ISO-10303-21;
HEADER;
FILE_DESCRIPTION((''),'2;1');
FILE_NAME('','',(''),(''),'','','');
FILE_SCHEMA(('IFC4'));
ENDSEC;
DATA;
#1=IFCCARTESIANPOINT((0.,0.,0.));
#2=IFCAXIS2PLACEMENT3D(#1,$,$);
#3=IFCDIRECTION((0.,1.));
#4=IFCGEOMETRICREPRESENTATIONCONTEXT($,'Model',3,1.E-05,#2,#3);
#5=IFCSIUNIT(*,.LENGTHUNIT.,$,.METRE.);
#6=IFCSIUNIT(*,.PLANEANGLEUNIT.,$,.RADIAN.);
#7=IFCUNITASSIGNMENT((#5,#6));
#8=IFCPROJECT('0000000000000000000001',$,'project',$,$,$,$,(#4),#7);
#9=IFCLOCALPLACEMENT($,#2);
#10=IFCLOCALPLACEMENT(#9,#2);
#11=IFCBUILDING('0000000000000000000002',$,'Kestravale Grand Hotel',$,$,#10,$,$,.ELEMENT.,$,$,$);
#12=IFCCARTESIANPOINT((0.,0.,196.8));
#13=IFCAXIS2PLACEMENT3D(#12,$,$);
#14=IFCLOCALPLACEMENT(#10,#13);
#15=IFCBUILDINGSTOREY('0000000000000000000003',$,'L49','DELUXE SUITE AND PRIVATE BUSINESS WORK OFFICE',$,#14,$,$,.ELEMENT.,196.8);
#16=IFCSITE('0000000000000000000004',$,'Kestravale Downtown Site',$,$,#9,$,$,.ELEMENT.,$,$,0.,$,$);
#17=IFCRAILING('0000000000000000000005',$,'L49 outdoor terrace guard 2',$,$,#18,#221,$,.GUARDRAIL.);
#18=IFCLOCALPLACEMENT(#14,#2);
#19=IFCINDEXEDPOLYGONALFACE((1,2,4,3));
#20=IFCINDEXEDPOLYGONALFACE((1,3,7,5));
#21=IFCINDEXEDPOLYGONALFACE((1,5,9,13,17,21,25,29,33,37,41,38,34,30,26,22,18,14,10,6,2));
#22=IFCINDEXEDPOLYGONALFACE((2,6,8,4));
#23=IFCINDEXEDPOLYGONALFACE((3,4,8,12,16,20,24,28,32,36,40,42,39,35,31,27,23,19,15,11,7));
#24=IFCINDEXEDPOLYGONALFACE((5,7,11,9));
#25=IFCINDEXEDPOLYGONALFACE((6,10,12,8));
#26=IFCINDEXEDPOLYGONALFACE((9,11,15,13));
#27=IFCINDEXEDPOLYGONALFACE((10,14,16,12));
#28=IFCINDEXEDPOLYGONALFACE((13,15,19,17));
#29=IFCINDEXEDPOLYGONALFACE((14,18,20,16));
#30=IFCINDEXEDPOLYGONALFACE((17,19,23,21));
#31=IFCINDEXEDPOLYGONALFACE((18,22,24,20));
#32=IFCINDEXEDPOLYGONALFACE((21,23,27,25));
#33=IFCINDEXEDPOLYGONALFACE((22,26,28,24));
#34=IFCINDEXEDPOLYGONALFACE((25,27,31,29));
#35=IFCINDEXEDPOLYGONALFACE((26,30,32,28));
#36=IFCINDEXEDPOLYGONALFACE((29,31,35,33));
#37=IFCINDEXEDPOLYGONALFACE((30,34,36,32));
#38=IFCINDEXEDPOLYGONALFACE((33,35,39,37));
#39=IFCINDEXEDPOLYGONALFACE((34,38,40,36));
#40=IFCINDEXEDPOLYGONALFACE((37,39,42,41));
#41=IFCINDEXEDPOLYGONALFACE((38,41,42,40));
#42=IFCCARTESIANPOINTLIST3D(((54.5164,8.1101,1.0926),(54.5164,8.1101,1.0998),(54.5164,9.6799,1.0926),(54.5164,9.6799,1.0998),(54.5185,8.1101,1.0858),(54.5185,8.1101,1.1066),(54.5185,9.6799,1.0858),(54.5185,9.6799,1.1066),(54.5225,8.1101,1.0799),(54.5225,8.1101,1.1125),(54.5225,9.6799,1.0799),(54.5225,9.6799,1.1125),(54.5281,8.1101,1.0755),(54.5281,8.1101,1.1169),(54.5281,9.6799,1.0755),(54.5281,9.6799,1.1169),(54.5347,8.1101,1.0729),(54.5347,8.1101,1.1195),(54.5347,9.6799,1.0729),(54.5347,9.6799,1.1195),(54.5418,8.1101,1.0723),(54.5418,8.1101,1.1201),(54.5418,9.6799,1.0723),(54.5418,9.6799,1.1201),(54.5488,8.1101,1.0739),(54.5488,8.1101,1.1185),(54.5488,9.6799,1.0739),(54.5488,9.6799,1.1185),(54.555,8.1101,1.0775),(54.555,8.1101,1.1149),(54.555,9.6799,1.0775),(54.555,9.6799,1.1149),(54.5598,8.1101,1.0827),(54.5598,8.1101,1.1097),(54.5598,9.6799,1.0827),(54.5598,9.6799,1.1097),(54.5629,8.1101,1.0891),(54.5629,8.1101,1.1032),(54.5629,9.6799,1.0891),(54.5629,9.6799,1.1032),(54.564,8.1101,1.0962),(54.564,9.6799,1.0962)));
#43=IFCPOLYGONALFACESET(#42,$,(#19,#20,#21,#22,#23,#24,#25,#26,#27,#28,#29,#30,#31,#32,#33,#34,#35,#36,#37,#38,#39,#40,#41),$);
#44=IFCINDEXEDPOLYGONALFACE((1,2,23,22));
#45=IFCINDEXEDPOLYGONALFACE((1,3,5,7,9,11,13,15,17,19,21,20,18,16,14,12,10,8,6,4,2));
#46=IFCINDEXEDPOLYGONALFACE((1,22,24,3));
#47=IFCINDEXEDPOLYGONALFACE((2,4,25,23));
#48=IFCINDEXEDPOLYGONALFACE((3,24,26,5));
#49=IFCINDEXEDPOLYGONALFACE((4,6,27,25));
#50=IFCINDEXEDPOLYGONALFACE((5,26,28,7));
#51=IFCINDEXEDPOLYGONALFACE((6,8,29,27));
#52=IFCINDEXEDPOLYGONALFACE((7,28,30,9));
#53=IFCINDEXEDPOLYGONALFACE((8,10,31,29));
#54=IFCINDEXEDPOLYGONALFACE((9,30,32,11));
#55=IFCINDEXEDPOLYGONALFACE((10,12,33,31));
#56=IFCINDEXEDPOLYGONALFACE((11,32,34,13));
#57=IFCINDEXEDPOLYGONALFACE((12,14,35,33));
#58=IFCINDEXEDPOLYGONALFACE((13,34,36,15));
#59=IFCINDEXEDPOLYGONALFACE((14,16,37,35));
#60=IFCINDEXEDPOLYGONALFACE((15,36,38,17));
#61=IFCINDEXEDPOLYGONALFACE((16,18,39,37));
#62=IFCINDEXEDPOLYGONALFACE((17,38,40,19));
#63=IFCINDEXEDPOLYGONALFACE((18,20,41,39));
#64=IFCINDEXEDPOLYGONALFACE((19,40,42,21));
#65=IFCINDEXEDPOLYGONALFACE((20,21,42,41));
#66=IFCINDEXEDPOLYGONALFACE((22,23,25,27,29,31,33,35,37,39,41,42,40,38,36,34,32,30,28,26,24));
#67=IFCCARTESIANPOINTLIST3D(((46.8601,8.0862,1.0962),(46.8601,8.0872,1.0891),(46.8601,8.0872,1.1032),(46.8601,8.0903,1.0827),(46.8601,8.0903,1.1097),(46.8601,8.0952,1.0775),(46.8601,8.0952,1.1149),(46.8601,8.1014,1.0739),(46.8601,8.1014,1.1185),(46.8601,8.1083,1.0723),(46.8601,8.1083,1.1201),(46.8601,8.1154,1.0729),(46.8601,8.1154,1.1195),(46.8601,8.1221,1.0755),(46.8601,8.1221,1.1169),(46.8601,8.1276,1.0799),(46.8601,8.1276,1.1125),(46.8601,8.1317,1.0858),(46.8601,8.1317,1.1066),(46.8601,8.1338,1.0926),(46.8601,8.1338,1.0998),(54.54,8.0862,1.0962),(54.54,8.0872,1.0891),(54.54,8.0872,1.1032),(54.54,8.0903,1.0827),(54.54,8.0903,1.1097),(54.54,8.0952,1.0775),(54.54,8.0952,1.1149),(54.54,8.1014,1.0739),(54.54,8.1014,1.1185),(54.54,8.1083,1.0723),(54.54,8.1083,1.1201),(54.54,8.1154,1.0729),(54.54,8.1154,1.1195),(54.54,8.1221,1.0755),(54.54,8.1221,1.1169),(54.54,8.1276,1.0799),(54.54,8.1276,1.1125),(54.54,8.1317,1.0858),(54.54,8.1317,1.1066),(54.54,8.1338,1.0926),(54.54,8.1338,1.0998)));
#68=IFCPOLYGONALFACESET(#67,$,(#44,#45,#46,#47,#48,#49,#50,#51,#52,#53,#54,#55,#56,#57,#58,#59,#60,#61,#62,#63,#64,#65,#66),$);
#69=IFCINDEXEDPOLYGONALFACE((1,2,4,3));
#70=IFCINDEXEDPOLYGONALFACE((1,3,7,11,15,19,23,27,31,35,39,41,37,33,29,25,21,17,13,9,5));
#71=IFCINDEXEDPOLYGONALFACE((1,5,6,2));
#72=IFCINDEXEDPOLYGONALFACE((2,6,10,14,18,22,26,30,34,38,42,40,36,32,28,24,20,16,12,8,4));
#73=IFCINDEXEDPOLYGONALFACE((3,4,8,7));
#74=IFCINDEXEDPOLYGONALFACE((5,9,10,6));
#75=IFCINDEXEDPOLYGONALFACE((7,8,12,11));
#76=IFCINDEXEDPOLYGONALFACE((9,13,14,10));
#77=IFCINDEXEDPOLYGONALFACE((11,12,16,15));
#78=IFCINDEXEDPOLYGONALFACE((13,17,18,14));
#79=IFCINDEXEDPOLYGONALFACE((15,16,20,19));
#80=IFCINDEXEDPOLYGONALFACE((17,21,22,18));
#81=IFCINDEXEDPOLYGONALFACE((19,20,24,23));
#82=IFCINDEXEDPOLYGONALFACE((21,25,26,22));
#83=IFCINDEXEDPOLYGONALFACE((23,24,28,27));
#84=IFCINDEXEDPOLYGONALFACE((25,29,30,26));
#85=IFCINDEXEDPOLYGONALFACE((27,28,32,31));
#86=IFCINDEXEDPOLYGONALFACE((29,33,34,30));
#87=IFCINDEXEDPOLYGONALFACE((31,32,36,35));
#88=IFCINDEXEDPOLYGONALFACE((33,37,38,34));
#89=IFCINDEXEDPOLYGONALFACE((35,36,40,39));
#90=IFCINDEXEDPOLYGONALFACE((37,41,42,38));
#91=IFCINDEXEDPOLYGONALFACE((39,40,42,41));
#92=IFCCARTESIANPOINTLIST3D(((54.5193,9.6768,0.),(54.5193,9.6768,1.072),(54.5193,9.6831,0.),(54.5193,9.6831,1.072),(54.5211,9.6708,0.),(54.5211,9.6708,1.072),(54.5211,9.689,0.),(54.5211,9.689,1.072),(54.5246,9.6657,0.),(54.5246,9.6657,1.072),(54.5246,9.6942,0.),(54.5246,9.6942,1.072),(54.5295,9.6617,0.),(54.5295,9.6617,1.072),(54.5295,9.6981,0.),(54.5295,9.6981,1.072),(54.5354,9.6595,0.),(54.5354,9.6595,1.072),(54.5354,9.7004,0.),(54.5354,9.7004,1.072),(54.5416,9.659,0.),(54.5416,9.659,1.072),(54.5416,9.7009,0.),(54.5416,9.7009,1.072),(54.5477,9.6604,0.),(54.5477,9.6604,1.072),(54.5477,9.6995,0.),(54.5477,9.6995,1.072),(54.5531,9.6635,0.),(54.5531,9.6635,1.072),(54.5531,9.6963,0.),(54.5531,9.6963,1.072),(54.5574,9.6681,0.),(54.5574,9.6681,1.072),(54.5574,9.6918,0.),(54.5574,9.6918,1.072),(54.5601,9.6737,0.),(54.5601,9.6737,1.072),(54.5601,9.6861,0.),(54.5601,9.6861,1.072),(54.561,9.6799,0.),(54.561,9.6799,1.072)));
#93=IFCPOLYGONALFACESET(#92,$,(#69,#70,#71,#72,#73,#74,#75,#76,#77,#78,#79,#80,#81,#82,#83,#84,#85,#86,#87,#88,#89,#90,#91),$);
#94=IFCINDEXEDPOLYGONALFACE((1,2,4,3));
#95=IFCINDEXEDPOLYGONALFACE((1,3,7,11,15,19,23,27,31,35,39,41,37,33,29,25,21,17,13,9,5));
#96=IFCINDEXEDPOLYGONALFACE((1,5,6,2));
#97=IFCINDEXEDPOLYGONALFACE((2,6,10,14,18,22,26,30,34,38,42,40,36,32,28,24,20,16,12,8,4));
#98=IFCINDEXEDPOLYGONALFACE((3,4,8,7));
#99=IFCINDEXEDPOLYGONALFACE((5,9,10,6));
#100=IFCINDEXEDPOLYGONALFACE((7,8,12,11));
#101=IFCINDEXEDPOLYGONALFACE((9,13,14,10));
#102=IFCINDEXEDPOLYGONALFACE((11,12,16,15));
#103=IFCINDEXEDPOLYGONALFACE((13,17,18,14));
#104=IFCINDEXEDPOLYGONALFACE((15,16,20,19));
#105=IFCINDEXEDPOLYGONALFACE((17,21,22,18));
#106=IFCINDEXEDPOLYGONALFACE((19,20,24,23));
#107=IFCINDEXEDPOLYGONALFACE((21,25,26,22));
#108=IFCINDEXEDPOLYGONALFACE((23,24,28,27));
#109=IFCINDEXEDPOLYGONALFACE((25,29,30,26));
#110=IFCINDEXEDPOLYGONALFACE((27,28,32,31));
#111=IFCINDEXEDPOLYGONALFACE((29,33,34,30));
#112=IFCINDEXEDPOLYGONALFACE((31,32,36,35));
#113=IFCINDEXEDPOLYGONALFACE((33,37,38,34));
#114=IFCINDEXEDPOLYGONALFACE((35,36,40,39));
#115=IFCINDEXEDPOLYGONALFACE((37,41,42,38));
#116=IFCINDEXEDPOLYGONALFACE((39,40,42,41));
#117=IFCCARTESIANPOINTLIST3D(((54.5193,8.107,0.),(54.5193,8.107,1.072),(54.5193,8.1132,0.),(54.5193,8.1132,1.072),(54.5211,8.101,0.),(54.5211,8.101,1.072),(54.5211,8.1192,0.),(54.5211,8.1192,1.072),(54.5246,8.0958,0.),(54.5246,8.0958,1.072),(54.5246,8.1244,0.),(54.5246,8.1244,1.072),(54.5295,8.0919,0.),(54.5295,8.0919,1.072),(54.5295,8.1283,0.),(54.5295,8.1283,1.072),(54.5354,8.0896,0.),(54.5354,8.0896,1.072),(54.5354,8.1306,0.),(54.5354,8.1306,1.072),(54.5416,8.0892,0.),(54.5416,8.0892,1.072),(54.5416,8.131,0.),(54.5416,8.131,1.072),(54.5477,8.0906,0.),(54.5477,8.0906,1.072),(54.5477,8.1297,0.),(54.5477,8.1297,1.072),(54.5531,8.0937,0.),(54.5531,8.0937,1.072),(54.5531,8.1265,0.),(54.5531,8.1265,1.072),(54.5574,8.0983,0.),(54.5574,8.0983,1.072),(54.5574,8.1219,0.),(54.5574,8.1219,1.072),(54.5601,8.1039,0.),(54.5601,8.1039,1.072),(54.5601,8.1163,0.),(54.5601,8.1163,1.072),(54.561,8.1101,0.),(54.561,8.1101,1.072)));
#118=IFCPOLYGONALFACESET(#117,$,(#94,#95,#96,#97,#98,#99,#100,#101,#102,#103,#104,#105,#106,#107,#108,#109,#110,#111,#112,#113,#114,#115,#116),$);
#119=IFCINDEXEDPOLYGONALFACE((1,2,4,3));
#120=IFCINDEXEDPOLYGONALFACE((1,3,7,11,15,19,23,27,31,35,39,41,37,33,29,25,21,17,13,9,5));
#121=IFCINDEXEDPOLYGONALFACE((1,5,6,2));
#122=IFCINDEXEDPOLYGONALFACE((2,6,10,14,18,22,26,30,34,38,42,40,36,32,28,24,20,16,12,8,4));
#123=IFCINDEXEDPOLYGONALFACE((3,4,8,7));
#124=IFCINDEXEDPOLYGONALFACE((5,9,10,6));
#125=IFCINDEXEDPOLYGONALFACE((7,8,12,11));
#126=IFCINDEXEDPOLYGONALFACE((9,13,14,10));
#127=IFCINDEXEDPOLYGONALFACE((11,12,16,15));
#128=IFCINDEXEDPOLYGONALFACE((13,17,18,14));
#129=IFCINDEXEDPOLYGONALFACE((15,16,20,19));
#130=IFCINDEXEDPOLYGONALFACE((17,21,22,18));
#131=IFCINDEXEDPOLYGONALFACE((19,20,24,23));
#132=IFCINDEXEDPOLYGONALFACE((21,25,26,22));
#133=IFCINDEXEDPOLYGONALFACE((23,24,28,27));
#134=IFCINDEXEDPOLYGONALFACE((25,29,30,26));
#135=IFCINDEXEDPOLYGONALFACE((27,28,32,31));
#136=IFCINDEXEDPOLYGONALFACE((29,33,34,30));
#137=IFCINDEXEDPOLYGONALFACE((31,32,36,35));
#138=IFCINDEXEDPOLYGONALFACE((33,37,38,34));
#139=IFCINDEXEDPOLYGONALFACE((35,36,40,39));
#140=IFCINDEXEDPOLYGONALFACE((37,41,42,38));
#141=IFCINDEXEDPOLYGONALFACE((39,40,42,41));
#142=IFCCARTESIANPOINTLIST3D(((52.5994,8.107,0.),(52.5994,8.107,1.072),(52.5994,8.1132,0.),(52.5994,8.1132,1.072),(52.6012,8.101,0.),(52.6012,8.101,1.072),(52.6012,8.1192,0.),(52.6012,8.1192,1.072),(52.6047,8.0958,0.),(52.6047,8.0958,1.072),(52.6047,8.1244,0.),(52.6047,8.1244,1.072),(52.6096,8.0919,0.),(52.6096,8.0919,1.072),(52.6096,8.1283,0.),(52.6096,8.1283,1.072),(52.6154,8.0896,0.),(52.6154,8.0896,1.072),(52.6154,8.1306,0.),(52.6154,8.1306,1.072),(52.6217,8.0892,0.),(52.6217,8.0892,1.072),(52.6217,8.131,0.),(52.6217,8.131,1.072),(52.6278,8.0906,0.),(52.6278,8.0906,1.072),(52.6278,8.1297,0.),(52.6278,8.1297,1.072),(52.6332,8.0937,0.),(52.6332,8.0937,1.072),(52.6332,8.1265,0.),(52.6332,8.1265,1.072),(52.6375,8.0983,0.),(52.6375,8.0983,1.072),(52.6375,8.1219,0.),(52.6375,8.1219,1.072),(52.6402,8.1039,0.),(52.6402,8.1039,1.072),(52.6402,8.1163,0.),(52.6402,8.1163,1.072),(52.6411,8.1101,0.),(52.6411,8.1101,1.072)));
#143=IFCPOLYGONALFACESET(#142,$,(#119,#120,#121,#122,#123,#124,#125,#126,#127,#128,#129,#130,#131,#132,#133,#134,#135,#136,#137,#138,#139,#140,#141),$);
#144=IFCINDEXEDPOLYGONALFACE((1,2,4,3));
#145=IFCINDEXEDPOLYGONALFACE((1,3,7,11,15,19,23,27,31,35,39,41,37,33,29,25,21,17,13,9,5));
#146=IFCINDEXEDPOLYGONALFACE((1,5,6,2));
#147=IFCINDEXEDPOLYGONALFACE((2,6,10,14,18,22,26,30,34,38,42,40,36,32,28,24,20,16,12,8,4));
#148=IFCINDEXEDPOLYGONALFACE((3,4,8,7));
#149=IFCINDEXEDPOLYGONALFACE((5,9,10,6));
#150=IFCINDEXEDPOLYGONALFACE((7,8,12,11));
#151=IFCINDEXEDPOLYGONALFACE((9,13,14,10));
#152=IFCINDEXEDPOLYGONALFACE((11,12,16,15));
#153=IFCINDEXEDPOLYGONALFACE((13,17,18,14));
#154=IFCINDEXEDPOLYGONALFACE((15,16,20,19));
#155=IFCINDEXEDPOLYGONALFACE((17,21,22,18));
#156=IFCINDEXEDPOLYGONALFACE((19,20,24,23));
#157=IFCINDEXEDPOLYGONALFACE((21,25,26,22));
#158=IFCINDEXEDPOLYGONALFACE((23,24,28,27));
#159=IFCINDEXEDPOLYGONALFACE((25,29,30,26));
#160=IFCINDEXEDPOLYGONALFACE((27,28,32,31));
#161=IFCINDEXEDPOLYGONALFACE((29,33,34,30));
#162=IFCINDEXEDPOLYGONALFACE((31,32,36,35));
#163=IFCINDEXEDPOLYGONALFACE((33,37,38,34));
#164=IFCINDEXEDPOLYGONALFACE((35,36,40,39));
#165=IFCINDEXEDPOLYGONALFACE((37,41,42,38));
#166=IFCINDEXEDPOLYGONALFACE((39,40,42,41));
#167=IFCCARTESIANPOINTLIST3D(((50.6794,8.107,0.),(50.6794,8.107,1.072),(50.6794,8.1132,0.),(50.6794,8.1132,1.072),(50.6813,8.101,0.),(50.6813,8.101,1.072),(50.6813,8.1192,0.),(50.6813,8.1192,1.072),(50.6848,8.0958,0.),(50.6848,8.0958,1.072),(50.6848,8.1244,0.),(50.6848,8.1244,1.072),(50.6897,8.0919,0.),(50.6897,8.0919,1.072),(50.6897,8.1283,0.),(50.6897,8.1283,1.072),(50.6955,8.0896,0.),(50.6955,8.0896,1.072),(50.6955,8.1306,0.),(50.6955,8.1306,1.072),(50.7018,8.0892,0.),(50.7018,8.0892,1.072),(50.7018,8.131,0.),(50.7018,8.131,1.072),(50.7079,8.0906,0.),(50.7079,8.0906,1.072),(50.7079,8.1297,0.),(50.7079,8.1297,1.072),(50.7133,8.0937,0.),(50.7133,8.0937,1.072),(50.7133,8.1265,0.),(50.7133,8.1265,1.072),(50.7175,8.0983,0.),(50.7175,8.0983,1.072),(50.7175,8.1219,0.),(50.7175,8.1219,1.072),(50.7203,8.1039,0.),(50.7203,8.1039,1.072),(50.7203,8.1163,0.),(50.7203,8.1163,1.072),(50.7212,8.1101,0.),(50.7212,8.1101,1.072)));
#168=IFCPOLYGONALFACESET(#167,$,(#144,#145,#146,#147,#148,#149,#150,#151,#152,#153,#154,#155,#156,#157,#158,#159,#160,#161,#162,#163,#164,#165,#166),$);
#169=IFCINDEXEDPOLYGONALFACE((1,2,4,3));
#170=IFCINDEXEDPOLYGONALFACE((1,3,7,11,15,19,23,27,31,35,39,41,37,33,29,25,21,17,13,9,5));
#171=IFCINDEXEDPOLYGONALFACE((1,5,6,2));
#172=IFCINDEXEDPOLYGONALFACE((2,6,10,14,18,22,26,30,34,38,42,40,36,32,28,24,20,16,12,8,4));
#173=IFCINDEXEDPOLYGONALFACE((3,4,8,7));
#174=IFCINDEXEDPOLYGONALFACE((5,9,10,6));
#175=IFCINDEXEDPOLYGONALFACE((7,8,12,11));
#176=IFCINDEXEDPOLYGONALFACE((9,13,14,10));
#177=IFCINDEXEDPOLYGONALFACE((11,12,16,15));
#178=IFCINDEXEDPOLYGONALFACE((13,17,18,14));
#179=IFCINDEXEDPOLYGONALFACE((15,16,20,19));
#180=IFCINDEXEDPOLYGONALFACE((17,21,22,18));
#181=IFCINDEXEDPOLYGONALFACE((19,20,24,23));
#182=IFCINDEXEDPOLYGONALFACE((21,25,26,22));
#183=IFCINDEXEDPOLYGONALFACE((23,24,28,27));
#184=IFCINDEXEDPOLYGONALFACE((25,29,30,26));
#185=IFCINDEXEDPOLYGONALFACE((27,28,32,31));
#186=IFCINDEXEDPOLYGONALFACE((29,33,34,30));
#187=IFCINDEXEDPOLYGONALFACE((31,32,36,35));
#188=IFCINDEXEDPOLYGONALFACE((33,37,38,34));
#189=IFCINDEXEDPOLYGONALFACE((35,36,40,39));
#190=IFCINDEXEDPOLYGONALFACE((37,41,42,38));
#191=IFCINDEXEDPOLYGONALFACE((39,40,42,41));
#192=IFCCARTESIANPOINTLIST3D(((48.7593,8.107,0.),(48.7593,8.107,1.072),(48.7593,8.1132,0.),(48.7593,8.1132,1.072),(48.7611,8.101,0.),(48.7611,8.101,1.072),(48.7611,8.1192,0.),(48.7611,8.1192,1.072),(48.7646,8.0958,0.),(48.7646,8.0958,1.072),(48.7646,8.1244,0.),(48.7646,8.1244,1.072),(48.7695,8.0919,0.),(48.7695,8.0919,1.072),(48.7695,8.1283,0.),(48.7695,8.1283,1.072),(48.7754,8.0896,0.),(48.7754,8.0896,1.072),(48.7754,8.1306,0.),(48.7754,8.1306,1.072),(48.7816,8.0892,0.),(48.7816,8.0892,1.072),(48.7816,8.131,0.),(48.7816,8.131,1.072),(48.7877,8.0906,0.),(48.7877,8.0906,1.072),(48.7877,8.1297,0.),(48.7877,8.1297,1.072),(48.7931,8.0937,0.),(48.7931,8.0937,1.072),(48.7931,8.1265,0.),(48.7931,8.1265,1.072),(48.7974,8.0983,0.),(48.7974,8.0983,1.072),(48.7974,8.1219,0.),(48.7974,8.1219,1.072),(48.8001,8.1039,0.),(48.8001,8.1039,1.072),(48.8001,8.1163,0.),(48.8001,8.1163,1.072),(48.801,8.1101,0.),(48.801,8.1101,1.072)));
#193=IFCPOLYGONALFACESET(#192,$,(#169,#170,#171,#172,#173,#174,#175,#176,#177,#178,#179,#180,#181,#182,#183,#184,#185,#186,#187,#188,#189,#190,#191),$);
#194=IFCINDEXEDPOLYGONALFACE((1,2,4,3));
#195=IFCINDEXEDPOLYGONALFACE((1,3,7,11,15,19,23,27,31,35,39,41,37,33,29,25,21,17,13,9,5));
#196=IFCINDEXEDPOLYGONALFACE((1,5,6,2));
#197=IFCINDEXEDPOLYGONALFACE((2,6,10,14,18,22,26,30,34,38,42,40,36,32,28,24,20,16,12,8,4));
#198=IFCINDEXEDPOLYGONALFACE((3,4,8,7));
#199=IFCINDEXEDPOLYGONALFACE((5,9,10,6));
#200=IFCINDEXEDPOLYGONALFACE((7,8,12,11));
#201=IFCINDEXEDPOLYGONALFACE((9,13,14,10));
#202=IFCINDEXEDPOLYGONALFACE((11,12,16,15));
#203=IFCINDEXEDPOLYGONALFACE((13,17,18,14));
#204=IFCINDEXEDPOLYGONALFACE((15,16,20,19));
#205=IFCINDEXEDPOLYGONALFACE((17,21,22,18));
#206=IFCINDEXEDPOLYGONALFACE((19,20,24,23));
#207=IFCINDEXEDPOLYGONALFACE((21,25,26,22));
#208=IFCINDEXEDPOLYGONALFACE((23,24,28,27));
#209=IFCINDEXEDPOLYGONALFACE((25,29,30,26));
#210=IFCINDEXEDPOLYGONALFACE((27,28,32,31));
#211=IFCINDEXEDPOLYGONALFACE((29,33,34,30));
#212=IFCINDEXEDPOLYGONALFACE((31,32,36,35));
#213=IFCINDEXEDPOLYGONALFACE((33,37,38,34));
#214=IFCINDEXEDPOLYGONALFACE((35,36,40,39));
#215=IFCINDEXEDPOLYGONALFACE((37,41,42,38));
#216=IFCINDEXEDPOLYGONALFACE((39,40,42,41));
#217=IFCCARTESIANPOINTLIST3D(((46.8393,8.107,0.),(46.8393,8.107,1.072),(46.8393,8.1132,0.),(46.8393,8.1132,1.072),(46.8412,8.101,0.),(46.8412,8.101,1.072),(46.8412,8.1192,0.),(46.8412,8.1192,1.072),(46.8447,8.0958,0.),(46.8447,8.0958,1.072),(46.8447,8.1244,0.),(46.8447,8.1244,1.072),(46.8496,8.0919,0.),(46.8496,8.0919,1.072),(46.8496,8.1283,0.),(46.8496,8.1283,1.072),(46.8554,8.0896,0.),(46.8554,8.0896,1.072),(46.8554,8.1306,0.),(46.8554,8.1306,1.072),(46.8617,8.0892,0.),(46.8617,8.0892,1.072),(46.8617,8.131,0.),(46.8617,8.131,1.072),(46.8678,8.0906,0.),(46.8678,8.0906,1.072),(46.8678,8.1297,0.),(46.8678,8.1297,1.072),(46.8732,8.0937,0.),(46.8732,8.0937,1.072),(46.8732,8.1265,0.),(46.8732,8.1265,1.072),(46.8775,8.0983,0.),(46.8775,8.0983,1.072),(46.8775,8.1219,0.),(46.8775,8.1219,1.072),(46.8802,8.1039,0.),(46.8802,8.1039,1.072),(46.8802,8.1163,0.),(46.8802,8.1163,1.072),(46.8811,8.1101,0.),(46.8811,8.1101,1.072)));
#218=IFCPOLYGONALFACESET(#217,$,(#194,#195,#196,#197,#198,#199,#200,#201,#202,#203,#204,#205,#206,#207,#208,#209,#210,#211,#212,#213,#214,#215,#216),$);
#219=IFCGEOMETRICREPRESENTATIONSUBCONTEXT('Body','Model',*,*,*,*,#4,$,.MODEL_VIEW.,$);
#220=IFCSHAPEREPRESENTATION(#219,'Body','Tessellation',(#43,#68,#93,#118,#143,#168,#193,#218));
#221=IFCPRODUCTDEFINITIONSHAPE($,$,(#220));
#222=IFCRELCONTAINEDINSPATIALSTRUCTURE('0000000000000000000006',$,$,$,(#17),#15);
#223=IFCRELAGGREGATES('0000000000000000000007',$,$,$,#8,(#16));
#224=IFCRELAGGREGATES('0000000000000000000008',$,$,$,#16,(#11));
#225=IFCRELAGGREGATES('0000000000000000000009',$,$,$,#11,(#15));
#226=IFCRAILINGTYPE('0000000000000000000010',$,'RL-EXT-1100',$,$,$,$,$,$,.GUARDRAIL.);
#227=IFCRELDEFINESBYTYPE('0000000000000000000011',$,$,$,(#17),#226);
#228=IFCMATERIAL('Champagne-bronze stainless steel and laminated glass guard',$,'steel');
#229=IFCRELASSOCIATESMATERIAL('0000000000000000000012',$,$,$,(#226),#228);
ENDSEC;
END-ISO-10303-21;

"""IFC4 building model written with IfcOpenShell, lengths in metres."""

from ifc_helpers import new_model, si_unit, direction, frame, origin, origin_2d, place, context, subcontext, project, spatial, circle, extrude, material, type_object, element, save


model = new_model("IFC4")

# Units and contexts
model_context = context("Model", 3, precision=1e-05, world=origin(), true_north=direction((0.0, 1.0)))
body_context = subcontext(model_context, "Body", "Model", "MODEL_VIEW")
ifc_project = project(units=[si_unit("LENGTHUNIT", "METRE"), si_unit("PLANEANGLEUNIT", "RADIAN")], contexts=[model_context])

# Site, building, storey
site_placement = place(None, origin())
site = spatial("IfcSite", under=ifc_project, at=site_placement, Name="Kestravale Downtown Site", CompositionType="ELEMENT", RefElevation=0.0)
building_placement = place(site_placement, origin())
building = spatial("IfcBuilding", under=site, at=building_placement, Name="Kestravale Grand Hotel", CompositionType="ELEMENT")
storey_placement = place(building_placement, frame((0.0, 0.0, 196.8)))
storey = spatial("IfcBuildingStorey", under=building, at=storey_placement, Name="L49", Description="DELUXE SUITE AND PRIVATE BUSINESS WORK OFFICE", CompositionType="ELEMENT", Elevation=196.8)

# Railing
ifc_material_1 = material(Name="Champagne-bronze stainless steel and laminated glass guard", Category="steel")
railing_type = type_object("IfcRailingType", Name="RL-EXT-1100", PredefinedType="GUARDRAIL", material=ifc_material_1)
railing_1_placement = place(storey_placement, frame((54.54, 9.6799, 0.0)))
element("IfcRailing", 1, at=railing_1_placement, inside=storey, type_object=railing_type, Name="L49 outdoor terrace guard 2", PredefinedType="GUARDRAIL", context=body_context, shape_type="SweptSolid", body=[
    extrude(circle(Radius=0.0239, at=origin_2d()), frame((0.0, 0.0, 1.0962), z_axis=(0.0, -1.0, 0.0), x_axis=(1.0, 0.0, 0.0)), (0.0, 0.0, 1.0), 1.5698),
    extrude(circle(Radius=0.0239, at=origin_2d()), frame((0.0, -1.5698, 1.0962), z_axis=(-1.0, 0.0, 0.0), x_axis=(0.0, -1.0, 0.0)), (0.0, 0.0, 1.0), 7.6799),
    extrude(circle(Radius=0.021, at=origin_2d()), origin(), (0.0, 0.0, 1.0), 1.072),
    extrude(circle(Radius=0.021, at=origin_2d()), frame((0.0, -1.5698, 0.0)), (0.0, 0.0, 1.0), 1.072),
    extrude(circle(Radius=0.021, at=origin_2d()), frame((-1.9199, -1.5698, 0.0)), (0.0, 0.0, 1.0), 1.072),
    extrude(circle(Radius=0.021, at=origin_2d()), frame((-3.8398, -1.5698, 0.0)), (0.0, 0.0, 1.0), 1.072),
    extrude(circle(Radius=0.021, at=origin_2d()), frame((-5.76, -1.5698, 0.0)), (0.0, 0.0, 1.0), 1.072),
    extrude(circle(Radius=0.021, at=origin_2d()), frame((-7.6799, -1.5698, 0.0)), (0.0, 0.0, 1.0), 1.072),
])

save(model, "model.ifc")
